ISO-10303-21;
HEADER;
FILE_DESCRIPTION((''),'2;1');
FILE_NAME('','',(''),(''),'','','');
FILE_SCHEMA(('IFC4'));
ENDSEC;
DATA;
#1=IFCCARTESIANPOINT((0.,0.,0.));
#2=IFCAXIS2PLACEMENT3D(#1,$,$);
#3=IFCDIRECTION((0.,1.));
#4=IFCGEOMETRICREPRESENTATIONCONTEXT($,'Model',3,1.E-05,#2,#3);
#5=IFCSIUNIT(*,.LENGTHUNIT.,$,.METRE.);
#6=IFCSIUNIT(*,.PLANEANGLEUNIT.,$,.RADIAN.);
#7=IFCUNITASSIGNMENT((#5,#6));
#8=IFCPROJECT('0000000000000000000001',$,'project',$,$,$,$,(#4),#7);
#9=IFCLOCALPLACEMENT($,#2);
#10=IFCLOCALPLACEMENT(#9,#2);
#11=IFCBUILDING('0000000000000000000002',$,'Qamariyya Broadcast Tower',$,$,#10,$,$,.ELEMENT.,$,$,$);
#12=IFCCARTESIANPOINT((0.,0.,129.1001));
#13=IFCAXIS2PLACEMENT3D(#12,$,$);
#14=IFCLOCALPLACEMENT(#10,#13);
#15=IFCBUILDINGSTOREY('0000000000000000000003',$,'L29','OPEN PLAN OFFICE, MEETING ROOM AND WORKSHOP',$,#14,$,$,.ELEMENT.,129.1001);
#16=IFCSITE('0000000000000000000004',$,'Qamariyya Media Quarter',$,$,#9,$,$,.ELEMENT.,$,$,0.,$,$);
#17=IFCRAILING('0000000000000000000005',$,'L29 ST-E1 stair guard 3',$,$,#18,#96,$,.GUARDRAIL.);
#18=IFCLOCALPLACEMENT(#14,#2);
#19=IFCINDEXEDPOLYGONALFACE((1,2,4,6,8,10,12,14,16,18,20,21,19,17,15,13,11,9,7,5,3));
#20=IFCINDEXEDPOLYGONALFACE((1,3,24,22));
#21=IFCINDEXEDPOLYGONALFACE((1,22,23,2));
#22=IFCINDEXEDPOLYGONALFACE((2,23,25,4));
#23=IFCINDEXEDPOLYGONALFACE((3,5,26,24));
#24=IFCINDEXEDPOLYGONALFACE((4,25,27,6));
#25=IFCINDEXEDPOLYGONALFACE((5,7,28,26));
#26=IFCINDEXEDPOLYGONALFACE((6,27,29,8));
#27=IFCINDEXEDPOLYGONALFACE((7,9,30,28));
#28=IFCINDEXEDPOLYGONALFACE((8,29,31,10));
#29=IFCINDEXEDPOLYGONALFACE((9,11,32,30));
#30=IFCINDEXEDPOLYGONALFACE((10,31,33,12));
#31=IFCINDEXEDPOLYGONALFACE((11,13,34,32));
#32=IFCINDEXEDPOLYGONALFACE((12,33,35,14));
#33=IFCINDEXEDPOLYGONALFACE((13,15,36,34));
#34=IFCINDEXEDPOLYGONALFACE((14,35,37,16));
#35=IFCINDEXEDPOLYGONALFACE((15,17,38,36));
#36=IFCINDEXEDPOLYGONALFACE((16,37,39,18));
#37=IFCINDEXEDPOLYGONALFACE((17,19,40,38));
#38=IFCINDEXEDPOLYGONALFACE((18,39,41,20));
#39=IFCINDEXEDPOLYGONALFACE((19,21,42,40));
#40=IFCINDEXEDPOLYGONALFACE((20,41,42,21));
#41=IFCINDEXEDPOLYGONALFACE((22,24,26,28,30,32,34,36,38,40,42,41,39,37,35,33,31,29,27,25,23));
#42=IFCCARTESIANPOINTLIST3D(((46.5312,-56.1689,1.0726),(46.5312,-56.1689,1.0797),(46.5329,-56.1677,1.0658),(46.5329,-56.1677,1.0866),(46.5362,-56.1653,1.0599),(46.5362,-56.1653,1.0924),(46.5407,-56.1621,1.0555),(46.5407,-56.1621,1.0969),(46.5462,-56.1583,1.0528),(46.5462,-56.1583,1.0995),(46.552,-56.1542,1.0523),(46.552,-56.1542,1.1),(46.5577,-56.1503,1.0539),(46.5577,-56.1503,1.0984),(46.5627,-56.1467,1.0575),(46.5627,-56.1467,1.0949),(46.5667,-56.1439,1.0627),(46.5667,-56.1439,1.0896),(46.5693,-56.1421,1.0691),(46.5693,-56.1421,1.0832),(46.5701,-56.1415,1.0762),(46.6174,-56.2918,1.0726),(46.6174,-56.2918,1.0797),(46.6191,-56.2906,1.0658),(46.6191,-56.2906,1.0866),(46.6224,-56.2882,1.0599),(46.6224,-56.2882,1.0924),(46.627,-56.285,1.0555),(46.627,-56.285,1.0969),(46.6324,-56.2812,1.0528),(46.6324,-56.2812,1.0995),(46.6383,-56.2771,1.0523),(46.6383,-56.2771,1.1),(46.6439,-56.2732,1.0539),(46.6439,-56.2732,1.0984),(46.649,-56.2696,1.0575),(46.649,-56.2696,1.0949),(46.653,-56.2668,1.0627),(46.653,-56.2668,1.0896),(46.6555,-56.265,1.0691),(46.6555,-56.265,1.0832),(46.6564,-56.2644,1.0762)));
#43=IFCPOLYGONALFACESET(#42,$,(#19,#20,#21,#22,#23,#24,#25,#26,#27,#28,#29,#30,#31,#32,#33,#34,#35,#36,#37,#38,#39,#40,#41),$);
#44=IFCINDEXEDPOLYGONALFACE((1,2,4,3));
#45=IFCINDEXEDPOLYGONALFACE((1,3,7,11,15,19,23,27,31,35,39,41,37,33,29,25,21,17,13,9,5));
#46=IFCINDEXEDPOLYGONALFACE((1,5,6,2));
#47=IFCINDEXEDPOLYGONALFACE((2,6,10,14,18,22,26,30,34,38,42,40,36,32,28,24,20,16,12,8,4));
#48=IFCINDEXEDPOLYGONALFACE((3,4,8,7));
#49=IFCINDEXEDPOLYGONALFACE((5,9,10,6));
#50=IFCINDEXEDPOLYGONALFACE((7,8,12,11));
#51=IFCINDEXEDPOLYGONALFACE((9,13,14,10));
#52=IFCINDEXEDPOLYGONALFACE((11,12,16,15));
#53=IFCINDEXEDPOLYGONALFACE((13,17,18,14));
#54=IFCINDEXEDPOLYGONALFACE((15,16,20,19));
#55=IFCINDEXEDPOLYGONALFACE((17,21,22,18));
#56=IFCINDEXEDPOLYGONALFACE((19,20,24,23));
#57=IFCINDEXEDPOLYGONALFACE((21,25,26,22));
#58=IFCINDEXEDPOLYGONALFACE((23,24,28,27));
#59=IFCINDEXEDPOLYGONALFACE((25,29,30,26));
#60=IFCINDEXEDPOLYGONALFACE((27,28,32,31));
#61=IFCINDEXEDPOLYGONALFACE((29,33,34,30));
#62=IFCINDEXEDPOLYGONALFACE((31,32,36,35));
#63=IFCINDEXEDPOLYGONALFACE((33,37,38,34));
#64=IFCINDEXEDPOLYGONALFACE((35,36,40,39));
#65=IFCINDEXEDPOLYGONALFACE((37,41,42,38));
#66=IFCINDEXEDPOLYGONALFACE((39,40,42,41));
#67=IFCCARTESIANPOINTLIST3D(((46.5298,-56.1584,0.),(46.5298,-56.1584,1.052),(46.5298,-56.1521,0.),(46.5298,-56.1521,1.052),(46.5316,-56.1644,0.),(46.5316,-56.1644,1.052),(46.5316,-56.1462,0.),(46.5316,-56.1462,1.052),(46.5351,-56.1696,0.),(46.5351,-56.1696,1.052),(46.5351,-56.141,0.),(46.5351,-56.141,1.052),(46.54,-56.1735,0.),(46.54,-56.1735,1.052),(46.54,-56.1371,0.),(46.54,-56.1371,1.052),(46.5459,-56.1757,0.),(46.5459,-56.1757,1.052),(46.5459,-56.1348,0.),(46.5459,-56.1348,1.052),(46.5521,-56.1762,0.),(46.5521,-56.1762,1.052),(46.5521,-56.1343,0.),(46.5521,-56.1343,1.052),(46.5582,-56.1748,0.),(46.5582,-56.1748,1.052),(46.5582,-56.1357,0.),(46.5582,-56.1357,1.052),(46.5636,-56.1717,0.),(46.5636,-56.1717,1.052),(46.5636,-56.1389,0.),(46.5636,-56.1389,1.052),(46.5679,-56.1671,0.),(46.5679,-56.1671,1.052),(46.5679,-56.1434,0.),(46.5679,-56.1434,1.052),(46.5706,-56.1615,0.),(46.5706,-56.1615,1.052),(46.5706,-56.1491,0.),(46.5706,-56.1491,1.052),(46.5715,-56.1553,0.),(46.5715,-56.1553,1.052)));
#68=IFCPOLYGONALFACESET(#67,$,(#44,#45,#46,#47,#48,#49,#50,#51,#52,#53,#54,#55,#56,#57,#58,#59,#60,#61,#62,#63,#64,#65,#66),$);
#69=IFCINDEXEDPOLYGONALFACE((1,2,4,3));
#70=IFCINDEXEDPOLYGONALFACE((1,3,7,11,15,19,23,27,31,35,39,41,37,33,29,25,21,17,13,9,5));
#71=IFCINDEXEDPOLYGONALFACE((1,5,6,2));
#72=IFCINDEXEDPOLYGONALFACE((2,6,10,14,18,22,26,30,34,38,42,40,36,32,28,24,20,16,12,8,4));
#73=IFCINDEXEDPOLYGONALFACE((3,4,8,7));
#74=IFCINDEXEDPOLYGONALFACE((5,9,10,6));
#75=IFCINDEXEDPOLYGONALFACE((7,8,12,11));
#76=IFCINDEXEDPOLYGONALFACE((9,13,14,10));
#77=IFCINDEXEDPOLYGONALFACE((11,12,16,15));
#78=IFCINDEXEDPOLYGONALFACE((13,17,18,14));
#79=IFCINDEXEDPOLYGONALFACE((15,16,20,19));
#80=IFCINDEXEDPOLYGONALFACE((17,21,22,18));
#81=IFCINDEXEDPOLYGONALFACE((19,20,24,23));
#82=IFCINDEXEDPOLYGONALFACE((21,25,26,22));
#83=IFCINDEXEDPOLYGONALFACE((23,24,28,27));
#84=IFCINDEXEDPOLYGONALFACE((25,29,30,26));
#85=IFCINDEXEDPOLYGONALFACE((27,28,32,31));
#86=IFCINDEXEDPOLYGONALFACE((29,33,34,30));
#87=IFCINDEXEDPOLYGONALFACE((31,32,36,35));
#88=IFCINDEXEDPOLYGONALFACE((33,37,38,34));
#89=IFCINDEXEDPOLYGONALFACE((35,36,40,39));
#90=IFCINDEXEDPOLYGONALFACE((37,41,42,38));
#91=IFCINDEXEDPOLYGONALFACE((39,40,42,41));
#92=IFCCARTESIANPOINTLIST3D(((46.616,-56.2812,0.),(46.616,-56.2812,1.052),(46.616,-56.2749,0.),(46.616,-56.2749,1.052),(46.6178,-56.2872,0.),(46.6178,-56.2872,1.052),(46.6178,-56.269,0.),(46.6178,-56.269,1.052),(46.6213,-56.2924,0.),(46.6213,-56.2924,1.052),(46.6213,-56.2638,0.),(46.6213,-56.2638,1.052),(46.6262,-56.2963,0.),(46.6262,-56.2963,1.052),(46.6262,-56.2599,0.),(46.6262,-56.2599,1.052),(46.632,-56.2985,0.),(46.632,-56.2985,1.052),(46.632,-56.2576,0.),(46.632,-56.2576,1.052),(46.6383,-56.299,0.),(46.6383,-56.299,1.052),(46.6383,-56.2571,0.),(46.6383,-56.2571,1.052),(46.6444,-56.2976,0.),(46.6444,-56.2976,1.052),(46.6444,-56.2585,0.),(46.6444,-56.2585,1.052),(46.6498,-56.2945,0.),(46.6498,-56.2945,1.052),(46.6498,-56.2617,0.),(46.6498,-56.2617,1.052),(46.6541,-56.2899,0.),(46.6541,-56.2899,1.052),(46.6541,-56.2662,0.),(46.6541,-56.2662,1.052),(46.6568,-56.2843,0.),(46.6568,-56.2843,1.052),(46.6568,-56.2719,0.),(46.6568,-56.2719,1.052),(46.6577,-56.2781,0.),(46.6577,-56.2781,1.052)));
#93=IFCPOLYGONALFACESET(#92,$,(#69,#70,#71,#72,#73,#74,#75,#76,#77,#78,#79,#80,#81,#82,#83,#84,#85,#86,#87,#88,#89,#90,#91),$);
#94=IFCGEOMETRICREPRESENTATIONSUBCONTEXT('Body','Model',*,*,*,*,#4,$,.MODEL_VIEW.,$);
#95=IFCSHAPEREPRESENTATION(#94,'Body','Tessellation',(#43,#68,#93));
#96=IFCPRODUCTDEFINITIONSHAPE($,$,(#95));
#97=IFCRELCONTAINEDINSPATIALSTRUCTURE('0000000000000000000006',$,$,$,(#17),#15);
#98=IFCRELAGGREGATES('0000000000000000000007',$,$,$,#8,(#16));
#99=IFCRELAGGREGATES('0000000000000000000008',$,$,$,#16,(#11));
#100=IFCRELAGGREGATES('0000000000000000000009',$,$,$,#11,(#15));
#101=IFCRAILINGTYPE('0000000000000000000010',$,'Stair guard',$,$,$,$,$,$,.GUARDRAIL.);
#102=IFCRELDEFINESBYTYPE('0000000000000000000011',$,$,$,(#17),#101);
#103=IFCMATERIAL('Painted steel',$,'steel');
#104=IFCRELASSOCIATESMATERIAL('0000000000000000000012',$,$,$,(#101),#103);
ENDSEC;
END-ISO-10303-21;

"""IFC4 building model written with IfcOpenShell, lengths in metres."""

from ifc_helpers import new_model, si_unit, direction, frame, origin, origin_2d, place, context, subcontext, project, spatial, circle, extrude, material, type_object, element, save


model = new_model("IFC4")

# Units and contexts
model_context = context("Model", 3, precision=1e-05, world=origin(), true_north=direction((0.0, 1.0)))
body_context = subcontext(model_context, "Body", "Model", "MODEL_VIEW")
ifc_project = project(units=[si_unit("LENGTHUNIT", "METRE"), si_unit("PLANEANGLEUNIT", "RADIAN")], contexts=[model_context])

# Site, building, storey
site_placement = place(None, origin())
site = spatial("IfcSite", under=ifc_project, at=site_placement, Name="Qamariyya Media Quarter", CompositionType="ELEMENT", RefElevation=0.0)
building_placement = place(site_placement, origin())
building = spatial("IfcBuilding", under=site, at=building_placement, Name="Qamariyya Broadcast Tower", CompositionType="ELEMENT")
storey_placement = place(building_placement, frame((0.0, 0.0, 129.1001)))
storey = spatial("IfcBuildingStorey", under=building, at=storey_placement, Name="L29", Description="OPEN PLAN OFFICE, MEETING ROOM AND WORKSHOP", CompositionType="ELEMENT", Elevation=129.1001)

# Railing
ifc_material_1 = material(Name="Painted steel", Category="steel")
railing_type_1 = type_object("IfcRailingType", Name="Stair guard", PredefinedType="GUARDRAIL", material=ifc_material_1)
railing_1_placement = place(storey_placement, frame((46.5505, -56.1553, 0.0)))
element("IfcRailing", 1, at=railing_1_placement, inside=storey, type_object=railing_type_1, Name="L29 ST-E1 stair guard 3", PredefinedType="GUARDRAIL", context=body_context, shape_type="SweptSolid", body=[
    extrude(circle(Radius=0.0239, at=origin_2d()), frame((0.0, 0.0, 1.0762), z_axis=(0.574445, -0.818543, 0.0), x_axis=(0.818543, 0.574445, 0.0)), (0.0, 0.0, 1.0), 0.1501),
    extrude(circle(Radius=0.021, at=origin_2d()), origin(), (0.0, 0.0, 1.0), 1.052),
    extrude(circle(Radius=0.021, at=origin_2d()), frame((0.0862, -0.1228, 0.0)), (0.0, 0.0, 1.0), 1.052),
])

save(model, "model.ifc")
